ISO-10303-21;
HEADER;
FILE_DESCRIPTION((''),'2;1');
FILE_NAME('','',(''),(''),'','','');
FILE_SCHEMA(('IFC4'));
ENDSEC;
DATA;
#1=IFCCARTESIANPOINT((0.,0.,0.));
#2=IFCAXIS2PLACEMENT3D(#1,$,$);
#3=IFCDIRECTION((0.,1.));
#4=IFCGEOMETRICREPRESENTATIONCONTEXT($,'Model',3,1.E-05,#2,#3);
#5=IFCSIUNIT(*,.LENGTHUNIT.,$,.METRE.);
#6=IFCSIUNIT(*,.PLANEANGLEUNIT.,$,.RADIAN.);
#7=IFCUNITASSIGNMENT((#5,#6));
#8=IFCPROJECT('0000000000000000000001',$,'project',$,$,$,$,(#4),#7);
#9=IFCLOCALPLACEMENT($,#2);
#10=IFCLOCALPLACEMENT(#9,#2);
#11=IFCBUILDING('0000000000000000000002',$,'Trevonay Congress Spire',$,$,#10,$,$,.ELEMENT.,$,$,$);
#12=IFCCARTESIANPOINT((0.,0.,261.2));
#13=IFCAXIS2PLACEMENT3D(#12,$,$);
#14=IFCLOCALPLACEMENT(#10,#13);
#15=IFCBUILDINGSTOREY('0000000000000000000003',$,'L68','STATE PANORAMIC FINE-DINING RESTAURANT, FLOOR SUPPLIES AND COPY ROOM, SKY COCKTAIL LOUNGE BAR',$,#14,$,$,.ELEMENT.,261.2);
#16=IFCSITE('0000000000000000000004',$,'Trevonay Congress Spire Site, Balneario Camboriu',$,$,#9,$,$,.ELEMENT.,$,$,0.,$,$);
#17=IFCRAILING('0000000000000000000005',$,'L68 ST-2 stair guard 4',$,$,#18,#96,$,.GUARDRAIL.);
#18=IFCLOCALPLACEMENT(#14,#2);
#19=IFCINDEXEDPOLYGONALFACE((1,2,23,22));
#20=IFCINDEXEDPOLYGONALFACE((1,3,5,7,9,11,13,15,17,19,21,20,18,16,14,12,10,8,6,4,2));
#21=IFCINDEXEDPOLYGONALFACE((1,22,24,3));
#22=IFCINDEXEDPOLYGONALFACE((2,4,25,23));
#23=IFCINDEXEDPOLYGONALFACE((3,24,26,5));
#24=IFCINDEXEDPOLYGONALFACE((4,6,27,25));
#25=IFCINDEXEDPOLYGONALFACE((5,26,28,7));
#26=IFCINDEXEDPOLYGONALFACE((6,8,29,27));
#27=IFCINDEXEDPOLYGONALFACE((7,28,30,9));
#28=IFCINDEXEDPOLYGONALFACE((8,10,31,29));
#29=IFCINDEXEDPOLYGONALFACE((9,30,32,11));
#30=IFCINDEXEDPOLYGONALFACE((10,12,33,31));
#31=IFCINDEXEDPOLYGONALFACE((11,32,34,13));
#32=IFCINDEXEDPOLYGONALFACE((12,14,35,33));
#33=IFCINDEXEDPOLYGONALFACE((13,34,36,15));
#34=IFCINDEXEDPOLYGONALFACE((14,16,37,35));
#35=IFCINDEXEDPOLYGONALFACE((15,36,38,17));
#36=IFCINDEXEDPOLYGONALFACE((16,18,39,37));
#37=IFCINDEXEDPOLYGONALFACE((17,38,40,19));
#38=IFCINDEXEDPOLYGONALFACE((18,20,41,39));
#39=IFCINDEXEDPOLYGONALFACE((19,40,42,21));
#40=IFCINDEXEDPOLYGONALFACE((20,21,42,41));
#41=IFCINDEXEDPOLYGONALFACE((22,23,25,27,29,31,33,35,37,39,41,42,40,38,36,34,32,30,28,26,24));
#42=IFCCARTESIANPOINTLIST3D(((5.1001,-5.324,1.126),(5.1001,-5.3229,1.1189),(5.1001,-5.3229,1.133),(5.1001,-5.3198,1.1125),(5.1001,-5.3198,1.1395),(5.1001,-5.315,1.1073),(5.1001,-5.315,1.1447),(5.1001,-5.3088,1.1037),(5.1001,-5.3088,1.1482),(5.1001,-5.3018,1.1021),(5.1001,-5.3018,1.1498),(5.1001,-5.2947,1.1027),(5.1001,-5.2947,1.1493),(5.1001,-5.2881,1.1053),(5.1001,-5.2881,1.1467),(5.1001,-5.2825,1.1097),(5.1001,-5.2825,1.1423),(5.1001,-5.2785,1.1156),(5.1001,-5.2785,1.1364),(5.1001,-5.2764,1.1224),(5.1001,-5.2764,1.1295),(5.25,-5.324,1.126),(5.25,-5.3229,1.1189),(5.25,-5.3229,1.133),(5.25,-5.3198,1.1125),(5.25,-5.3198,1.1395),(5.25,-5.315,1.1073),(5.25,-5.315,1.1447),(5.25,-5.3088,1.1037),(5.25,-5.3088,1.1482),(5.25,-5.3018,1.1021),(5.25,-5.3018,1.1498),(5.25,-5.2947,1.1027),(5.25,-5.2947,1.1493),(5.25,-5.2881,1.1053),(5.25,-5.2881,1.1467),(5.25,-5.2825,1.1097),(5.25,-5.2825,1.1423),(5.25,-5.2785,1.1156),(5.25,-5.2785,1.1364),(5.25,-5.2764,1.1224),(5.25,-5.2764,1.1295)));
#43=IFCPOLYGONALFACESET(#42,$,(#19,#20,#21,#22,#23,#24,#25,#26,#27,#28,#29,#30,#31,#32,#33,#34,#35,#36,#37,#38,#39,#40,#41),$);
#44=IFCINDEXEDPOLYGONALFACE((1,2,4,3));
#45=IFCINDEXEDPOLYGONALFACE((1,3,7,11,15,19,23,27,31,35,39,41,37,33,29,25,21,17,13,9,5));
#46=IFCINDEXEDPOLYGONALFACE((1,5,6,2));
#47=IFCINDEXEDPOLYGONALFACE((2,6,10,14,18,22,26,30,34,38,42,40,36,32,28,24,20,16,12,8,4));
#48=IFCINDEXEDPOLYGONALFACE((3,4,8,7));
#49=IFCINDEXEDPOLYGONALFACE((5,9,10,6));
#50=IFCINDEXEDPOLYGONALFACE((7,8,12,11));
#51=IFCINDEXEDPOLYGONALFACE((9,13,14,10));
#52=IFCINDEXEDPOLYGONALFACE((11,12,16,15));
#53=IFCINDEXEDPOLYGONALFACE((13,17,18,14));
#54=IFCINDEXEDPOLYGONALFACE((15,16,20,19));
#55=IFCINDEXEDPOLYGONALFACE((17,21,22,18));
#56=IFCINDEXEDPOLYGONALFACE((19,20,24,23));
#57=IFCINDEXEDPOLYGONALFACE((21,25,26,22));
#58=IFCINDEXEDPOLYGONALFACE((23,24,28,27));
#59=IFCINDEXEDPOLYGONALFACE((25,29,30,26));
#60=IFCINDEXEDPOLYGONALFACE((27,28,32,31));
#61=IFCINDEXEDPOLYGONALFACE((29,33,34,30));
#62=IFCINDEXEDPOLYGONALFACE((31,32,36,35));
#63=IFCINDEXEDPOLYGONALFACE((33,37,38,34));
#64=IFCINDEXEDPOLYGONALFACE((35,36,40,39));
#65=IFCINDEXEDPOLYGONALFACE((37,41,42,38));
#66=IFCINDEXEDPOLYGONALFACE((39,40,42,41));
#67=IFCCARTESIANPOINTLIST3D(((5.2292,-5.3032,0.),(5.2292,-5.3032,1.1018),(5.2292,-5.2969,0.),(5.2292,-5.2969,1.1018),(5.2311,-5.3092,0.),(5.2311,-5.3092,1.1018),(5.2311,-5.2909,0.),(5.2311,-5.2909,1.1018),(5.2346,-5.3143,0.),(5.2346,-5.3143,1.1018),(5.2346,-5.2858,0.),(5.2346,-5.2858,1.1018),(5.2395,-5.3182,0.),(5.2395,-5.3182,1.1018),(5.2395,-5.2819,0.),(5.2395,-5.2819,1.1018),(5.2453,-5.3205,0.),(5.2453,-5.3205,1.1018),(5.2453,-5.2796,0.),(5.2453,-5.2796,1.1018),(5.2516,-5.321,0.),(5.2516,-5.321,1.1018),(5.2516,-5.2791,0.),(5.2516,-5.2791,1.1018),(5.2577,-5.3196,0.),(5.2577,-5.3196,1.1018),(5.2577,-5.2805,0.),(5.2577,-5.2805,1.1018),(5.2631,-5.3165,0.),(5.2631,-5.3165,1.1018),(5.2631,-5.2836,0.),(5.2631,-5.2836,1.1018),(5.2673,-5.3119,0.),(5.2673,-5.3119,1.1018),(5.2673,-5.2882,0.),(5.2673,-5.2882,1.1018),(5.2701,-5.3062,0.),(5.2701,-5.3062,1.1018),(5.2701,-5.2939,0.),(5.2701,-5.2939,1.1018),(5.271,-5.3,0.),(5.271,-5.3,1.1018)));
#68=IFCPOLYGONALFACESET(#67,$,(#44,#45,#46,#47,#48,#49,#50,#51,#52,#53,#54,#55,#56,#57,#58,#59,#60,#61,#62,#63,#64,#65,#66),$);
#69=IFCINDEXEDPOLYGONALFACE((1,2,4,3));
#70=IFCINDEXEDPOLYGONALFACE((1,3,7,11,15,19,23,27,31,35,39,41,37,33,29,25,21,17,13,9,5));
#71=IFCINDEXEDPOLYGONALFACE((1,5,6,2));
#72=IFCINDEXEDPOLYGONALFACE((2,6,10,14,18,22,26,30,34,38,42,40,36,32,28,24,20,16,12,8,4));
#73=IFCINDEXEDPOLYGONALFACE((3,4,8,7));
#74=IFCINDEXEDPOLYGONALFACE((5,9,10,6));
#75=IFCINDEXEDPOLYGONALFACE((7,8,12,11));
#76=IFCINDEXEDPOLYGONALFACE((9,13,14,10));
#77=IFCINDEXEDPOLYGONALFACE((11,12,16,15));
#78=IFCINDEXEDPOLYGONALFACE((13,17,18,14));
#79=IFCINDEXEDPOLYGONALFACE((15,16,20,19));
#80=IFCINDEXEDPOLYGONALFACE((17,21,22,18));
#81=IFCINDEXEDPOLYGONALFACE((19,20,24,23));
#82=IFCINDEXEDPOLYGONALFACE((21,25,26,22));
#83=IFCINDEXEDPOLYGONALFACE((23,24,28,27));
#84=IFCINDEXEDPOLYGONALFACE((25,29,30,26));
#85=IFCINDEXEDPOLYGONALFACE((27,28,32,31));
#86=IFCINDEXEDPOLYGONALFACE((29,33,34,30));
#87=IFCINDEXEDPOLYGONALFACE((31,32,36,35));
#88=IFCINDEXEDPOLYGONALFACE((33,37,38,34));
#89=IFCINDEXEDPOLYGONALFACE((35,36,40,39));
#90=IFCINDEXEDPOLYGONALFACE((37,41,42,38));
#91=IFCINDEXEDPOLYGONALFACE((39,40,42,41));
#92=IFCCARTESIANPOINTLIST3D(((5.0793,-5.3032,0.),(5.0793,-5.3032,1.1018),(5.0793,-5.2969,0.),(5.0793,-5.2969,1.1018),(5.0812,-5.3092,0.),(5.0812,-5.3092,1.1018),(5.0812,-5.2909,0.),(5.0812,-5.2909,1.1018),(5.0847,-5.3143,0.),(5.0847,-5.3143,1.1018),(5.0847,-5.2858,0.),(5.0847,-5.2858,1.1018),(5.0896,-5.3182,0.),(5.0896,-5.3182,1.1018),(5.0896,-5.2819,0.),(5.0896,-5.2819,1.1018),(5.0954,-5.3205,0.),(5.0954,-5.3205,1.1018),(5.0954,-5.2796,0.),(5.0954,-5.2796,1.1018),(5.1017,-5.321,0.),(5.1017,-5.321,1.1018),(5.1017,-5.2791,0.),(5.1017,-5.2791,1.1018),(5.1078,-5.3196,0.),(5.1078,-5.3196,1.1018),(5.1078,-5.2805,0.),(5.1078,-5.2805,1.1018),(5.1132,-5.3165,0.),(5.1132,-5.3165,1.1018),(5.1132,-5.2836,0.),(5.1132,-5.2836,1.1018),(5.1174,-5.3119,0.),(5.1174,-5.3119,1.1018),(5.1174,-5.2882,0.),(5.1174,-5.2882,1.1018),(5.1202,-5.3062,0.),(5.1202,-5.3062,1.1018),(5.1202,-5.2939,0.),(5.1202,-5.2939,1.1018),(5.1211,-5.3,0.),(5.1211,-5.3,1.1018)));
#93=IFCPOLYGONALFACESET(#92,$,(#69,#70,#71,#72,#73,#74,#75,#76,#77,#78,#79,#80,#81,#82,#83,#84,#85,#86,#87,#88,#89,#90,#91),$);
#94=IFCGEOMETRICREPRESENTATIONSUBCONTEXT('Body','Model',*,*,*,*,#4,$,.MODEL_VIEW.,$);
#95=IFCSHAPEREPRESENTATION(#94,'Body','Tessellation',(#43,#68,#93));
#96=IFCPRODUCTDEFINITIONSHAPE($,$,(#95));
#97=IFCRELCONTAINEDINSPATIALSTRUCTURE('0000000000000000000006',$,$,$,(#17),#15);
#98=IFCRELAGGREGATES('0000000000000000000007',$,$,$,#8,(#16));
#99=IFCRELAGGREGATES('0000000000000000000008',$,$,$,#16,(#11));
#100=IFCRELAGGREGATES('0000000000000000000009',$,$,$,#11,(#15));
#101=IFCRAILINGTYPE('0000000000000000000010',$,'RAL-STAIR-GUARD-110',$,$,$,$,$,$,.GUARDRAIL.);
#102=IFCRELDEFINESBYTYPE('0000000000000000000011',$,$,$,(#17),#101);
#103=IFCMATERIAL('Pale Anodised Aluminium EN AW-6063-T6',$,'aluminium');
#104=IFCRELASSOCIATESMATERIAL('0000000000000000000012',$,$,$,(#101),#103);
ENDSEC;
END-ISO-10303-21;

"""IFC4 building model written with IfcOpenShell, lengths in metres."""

from ifc_helpers import new_model, si_unit, direction, frame, origin, origin_2d, place, context, subcontext, project, spatial, circle, extrude, material, type_object, element, save


model = new_model("IFC4")

# Units and contexts
model_context = context("Model", 3, precision=1e-05, world=origin(), true_north=direction((0.0, 1.0)))
body_context = subcontext(model_context, "Body", "Model", "MODEL_VIEW")
ifc_project = project(units=[si_unit("LENGTHUNIT", "METRE"), si_unit("PLANEANGLEUNIT", "RADIAN")], contexts=[model_context])

# Site, building, storey
site_placement = place(None, origin())
site = spatial("IfcSite", under=ifc_project, at=site_placement, Name="Trevonay Congress Spire Site, Balneario Camboriu", CompositionType="ELEMENT", RefElevation=0.0)
building_placement = place(site_placement, origin())
building = spatial("IfcBuilding", under=site, at=building_placement, Name="Trevonay Congress Spire", CompositionType="ELEMENT")
storey_placement = place(building_placement, frame((0.0, 0.0, 261.2)))
storey = spatial("IfcBuildingStorey", under=building, at=storey_placement, Name="L68", Description="STATE PANORAMIC FINE-DINING RESTAURANT, FLOOR SUPPLIES AND COPY ROOM, SKY COCKTAIL LOUNGE BAR", CompositionType="ELEMENT", Elevation=261.2)

# Shared definitions
ifc_material_1 = material(Name="Pale Anodised Aluminium EN AW-6063-T6", Category="aluminium")

# Railing
railing_type_1 = type_object("IfcRailingType", Name="RAL-STAIR-GUARD-110", PredefinedType="GUARDRAIL", material=ifc_material_1)
railing_1_placement = place(storey_placement, frame((5.25, -5.3, 0.0)))
element("IfcRailing", 1, at=railing_1_placement, inside=storey, type_object=railing_type_1, Name="L68 ST-2 stair guard 4", PredefinedType="GUARDRAIL", context=body_context, shape_type="SweptSolid", body=[
    extrude(circle(Radius=0.0239, at=origin_2d()), frame((0.0, 0.0, 1.126), z_axis=(-1.0, 0.0, 0.0), x_axis=(0.0, -1.0, 0.0)), (0.0, 0.0, 1.0), 0.1499),
    extrude(circle(Radius=0.021, at=origin_2d()), origin(), (0.0, 0.0, 1.0), 1.1018),
    extrude(circle(Radius=0.021, at=origin_2d()), frame((-0.1499, 0.0, 0.0)), (0.0, 0.0, 1.0), 1.1018),
])

save(model, "model.ifc")
